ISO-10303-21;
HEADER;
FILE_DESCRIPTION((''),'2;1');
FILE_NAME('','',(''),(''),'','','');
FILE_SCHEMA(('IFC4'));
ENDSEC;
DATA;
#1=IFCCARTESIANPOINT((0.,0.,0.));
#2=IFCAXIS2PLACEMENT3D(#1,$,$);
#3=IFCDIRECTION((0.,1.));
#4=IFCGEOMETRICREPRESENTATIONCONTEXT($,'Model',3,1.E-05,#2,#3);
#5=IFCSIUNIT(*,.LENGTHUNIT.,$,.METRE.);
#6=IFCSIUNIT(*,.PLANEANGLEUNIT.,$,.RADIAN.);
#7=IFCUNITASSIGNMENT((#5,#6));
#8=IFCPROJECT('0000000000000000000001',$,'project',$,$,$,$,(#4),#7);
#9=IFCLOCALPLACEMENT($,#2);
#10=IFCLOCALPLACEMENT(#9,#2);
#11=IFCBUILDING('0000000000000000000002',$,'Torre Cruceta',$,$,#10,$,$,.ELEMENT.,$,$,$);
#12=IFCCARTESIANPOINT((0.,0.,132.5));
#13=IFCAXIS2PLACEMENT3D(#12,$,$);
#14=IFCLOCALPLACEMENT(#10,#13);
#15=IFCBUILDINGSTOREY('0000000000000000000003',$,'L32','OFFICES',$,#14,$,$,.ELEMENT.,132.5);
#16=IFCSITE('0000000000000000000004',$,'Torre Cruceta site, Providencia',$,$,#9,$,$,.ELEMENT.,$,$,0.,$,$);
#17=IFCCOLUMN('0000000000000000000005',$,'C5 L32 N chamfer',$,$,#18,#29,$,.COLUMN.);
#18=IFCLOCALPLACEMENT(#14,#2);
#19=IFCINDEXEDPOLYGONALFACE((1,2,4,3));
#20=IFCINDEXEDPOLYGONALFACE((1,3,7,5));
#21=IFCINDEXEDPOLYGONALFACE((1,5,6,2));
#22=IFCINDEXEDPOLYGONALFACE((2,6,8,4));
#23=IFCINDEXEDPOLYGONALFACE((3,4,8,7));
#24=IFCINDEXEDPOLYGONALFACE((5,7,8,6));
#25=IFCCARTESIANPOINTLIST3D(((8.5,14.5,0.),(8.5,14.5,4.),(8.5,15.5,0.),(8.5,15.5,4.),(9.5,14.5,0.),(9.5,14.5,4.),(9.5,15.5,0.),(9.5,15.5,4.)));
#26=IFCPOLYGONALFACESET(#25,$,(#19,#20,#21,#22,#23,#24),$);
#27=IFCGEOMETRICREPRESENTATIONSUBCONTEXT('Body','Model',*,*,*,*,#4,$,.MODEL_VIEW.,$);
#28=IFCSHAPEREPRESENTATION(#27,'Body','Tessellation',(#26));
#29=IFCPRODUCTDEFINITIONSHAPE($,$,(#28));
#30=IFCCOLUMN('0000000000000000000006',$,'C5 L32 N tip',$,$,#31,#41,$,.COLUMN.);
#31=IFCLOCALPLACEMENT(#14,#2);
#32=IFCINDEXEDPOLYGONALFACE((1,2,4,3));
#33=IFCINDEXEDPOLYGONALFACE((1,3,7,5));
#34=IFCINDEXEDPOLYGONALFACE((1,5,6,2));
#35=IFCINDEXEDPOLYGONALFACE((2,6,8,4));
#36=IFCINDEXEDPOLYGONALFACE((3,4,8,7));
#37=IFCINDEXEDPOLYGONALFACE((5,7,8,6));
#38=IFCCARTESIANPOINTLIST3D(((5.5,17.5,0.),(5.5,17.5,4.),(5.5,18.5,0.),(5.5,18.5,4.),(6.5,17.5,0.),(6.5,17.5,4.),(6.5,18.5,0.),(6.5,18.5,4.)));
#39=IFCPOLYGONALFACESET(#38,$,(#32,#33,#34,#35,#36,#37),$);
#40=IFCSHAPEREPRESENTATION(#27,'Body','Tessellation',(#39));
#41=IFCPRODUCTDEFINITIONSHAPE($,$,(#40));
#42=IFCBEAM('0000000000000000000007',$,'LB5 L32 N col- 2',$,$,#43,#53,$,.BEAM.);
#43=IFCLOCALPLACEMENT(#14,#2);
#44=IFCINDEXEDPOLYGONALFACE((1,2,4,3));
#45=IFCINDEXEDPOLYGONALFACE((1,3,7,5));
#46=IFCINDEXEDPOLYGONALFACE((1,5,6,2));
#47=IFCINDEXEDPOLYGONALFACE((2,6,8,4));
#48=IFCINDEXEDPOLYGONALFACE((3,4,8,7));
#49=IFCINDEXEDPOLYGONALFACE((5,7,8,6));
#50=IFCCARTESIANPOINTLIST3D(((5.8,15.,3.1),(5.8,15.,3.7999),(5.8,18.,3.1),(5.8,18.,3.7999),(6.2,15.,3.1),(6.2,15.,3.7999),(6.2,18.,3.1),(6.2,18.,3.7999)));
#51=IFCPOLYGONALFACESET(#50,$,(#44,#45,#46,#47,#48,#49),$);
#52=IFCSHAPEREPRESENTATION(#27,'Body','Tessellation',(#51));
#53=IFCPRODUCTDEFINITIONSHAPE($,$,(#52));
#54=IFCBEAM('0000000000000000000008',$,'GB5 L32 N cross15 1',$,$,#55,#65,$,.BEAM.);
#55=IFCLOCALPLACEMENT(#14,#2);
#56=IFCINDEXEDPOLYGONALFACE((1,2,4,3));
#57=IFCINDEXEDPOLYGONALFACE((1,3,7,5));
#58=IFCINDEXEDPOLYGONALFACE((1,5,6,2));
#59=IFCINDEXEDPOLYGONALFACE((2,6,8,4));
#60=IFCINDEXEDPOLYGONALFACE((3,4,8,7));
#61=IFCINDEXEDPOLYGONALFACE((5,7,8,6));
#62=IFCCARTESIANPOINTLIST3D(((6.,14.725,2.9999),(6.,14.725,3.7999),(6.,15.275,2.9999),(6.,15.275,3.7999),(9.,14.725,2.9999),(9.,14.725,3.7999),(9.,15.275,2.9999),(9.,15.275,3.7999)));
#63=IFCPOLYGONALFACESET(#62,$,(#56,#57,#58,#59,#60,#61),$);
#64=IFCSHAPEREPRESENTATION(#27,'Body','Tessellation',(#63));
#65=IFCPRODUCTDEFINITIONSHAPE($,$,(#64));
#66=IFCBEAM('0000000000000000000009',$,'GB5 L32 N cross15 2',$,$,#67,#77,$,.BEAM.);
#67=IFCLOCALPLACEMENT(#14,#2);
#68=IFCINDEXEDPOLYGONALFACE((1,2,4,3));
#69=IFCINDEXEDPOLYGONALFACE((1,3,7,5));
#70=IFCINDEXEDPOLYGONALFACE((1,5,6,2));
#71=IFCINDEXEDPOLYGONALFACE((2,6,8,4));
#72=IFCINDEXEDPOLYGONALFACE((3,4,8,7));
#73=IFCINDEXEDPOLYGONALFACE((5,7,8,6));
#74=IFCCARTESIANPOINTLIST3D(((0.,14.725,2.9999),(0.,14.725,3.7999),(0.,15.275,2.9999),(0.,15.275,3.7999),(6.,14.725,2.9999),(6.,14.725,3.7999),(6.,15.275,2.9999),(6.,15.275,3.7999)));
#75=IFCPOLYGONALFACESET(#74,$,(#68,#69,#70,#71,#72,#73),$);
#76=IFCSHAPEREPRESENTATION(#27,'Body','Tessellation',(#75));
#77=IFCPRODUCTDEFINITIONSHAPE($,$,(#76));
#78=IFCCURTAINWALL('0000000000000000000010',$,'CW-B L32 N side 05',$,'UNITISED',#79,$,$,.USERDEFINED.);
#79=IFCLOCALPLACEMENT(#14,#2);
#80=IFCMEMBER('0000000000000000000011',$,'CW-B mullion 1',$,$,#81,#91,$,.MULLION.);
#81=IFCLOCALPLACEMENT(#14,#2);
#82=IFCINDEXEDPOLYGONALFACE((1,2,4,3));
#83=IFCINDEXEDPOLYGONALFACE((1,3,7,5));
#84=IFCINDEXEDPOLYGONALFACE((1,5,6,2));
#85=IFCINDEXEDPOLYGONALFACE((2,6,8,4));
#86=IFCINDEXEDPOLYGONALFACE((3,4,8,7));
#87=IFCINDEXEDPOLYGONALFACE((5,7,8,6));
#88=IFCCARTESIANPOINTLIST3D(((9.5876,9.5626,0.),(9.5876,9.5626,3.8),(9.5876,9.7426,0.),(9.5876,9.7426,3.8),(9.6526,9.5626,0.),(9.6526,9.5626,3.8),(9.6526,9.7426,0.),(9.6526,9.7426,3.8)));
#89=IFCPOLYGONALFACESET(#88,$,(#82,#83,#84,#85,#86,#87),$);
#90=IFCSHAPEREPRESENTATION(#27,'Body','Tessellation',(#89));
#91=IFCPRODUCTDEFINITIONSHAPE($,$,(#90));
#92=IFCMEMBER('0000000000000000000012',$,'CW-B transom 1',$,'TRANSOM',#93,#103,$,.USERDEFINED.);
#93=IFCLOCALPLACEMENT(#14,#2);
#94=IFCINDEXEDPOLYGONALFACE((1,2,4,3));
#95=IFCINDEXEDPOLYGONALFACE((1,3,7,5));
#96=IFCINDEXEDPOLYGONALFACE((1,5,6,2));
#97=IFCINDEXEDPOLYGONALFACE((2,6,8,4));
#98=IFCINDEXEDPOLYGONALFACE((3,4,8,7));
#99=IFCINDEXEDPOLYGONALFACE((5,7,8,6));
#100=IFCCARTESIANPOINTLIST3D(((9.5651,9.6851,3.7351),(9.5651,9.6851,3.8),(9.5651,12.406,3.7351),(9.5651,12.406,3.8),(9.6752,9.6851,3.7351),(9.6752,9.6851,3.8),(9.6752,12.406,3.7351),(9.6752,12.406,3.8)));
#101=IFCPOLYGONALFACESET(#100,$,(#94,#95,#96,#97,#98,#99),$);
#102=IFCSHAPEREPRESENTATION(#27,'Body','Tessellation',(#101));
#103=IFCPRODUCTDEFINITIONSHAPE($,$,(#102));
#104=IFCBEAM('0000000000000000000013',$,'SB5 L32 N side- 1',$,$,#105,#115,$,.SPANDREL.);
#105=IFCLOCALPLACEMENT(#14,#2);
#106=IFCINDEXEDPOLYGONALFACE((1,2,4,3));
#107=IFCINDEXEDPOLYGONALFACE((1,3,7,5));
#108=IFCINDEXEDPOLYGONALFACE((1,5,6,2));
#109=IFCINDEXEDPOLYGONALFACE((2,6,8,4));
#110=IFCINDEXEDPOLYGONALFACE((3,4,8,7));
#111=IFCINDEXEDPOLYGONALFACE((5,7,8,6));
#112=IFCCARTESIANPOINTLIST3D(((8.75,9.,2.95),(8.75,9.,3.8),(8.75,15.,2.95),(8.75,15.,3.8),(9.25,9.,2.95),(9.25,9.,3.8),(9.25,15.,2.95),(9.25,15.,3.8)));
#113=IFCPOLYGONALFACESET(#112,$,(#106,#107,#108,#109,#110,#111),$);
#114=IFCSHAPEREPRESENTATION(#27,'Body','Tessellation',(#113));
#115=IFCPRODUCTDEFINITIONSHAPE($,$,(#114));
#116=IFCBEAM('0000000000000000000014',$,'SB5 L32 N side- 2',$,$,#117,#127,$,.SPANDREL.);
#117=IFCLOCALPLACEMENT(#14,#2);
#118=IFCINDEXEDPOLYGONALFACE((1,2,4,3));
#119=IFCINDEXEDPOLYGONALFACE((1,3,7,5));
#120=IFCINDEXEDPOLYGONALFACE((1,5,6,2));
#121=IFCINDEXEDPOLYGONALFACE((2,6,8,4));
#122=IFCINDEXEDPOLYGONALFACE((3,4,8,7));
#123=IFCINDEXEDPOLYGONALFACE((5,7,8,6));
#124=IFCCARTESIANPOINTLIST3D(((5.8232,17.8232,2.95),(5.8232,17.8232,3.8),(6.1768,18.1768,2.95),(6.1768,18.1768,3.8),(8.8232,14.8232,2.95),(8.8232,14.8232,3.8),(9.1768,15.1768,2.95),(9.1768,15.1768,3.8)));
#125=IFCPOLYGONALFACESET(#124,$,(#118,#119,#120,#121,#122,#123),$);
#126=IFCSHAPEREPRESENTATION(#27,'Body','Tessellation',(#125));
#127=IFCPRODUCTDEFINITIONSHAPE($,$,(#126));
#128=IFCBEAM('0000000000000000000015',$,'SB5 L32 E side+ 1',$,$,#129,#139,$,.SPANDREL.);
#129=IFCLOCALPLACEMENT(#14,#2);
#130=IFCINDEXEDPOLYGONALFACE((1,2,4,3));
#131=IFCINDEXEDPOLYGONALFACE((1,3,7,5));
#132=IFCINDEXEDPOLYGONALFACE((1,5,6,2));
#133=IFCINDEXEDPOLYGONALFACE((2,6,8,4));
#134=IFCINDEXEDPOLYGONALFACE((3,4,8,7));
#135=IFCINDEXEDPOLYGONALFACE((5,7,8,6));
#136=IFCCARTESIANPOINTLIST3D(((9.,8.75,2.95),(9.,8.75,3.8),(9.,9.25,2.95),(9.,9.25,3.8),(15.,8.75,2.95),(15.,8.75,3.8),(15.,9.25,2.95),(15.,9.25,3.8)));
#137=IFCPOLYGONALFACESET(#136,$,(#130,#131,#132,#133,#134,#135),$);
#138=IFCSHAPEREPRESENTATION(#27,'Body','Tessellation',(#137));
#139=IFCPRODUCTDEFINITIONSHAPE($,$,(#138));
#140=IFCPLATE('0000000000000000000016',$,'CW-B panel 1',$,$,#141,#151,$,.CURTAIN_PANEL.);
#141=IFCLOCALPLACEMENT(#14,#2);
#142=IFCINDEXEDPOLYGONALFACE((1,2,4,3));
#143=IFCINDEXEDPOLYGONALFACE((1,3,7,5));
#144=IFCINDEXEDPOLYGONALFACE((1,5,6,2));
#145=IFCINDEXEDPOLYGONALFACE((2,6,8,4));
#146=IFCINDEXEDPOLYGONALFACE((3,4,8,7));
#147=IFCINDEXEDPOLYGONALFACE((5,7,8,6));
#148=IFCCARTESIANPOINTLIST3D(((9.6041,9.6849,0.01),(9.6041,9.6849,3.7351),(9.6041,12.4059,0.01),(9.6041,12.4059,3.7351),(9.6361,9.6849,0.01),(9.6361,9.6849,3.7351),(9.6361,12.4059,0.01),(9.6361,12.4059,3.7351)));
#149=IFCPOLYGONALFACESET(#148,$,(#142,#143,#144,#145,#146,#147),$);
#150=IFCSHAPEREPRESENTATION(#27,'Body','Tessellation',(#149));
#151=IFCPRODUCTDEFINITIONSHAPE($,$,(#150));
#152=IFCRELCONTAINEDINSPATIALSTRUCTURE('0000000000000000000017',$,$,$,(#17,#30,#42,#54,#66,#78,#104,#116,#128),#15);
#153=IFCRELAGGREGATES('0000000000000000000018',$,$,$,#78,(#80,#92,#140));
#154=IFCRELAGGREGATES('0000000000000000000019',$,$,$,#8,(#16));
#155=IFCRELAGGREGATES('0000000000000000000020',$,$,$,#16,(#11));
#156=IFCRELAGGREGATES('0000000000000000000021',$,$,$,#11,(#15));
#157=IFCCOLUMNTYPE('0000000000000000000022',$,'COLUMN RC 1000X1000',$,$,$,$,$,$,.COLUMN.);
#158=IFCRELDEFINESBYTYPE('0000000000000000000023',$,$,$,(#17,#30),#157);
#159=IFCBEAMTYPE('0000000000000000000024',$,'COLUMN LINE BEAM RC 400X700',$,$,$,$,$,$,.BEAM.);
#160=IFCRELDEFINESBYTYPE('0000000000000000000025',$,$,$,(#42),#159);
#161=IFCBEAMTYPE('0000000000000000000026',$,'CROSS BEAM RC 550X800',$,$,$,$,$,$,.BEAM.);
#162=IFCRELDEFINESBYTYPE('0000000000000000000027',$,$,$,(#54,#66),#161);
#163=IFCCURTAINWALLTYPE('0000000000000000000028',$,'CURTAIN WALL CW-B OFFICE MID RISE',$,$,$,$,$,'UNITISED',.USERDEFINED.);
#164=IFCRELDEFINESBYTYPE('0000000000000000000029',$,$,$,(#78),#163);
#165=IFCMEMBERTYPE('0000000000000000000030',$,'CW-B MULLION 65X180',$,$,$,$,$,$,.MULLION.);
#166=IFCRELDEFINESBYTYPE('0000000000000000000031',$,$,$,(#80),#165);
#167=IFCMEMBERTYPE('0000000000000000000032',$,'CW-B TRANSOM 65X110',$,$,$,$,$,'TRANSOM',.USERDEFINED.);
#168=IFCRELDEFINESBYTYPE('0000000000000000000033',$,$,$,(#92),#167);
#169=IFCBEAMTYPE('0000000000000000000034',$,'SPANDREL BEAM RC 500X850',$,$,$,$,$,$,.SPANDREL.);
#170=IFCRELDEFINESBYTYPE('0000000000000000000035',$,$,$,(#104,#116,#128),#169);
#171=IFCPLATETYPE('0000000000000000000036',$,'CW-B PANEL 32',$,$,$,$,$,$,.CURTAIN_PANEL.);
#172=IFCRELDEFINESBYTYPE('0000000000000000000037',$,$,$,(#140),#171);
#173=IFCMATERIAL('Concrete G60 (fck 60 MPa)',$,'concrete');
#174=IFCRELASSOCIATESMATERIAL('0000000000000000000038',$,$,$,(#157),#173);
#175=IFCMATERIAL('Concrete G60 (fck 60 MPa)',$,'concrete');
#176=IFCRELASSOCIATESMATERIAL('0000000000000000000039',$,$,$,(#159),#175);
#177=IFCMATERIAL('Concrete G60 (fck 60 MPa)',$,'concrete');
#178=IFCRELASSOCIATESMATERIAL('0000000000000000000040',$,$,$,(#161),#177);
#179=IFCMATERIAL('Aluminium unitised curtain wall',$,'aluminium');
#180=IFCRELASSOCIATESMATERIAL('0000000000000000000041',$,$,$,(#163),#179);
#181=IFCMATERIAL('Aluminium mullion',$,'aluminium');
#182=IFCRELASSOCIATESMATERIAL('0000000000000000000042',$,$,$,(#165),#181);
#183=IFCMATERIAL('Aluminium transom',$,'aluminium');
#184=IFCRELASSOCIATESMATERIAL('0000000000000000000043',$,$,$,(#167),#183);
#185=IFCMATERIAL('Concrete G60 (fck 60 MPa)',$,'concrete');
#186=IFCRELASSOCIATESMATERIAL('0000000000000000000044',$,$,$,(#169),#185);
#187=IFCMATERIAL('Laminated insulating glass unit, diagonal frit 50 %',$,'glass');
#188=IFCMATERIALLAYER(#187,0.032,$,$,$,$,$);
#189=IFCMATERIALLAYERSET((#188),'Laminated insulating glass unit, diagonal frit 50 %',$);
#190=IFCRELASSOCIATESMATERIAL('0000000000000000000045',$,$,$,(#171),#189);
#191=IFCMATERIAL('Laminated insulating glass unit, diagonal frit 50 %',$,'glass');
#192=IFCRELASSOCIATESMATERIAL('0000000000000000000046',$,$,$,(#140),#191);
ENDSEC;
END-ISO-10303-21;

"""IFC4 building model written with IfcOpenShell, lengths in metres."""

from ifc_helpers import new_model, si_unit, direction, frame, origin, origin_2d, place, context, subcontext, project, spatial, rectangle, extrude, material, layer, layer_set, material_profile, profile_set, type_object, element, aggregate, save


model = new_model("IFC4")

# Units and contexts
model_context = context("Model", 3, precision=1e-05, world=origin(), true_north=direction((0.0, 1.0)))
body_context = subcontext(model_context, "Body", "Model", "MODEL_VIEW")
ifc_project = project(units=[si_unit("LENGTHUNIT", "METRE"), si_unit("PLANEANGLEUNIT", "RADIAN")], contexts=[model_context])

# Site, building, storey
site_placement = place(None, origin())
site = spatial("IfcSite", under=ifc_project, at=site_placement, Name="Torre Cruceta site, Providencia", CompositionType="ELEMENT", RefElevation=0.0)
building_placement = place(site_placement, origin())
building = spatial("IfcBuilding", under=site, at=building_placement, Name="Torre Cruceta", CompositionType="ELEMENT")
storey_placement = place(building_placement, frame((0.0, 0.0, 132.5)))
storey = spatial("IfcBuildingStorey", under=building, at=storey_placement, Name="L32", Description="OFFICES", CompositionType="ELEMENT", Elevation=132.5)

# Columns
ifc_material_1 = material(Name="Concrete G60 (fck 60 MPa)", Category="concrete")
ifc_material_profile_1 = material_profile(ifc_material_1, rectangle(XDim=1.0, YDim=1.0, at=origin_2d()), Name="RC 1000X1000")
ifc_profile_set_1 = profile_set([ifc_material_profile_1], Name="Concrete G60 (fck 60 MPa)")
column_type = type_object("IfcColumnType", Name="COLUMN RC 1000X1000", PredefinedType="COLUMN", material=ifc_profile_set_1)
for number, where, z_axis, x_axis, name in (
    (1, (9.0, 15.0, 0.0), (0.0, 0.0, 1.0), (1.0, 0.0, 0.0), "C5 L32 N chamfer"),
    (2, (6.0, 18.0, 0.0), (0.0, 0.0, 1.0), (1.0, 0.0, 0.0), "C5 L32 N tip"),
):
    element("IfcColumn", number, at=place(storey_placement, frame(where, z_axis=z_axis, x_axis=x_axis)), inside=storey, type_object=column_type, Name=name, PredefinedType="COLUMN", context=body_context, shape_type="SweptSolid", body=[
        extrude(rectangle(XDim=1.0, YDim=1.0, at=origin_2d()), origin(), (0.0, 0.0, 1.0), 4.0),
    ])

# Beams
ifc_material_2 = material(Name="Concrete G60 (fck 60 MPa)", Category="concrete")
ifc_material_profile_2 = material_profile(ifc_material_2, rectangle(XDim=0.3999, YDim=0.7, at=origin_2d()), Name="RC 400X700")
ifc_profile_set_2 = profile_set([ifc_material_profile_2], Name="Concrete G60 (fck 60 MPa)")
beam_type_1 = type_object("IfcBeamType", Name="COLUMN LINE BEAM RC 400X700", PredefinedType="BEAM", material=ifc_profile_set_2)
beam_1_placement = place(storey_placement, frame((6.0, 15.0, 3.45), z_axis=(0.0, 1.0, 0.0), x_axis=(-1.0, 0.0, 0.0)))
element("IfcBeam", 3, at=beam_1_placement, inside=storey, type_object=beam_type_1, Name="LB5 L32 N col- 2", PredefinedType="BEAM", context=body_context, shape_type="SweptSolid", body=[
    extrude(rectangle(XDim=0.3999, YDim=0.7, at=origin_2d()), origin(), (0.0, 0.0, 1.0), 3.0),
])
ifc_material_3 = material(Name="Concrete G60 (fck 60 MPa)", Category="concrete")
ifc_material_profile_3 = material_profile(ifc_material_3, rectangle(XDim=0.55, YDim=0.8, at=origin_2d()), Name="RC 550X800")
ifc_profile_set_3 = profile_set([ifc_material_profile_3], Name="Concrete G60 (fck 60 MPa)")
beam_type_2 = type_object("IfcBeamType", Name="CROSS BEAM RC 550X800", PredefinedType="BEAM", material=ifc_profile_set_3)
beam_2_placement = place(storey_placement, frame((9.0, 15.0, 3.3999), z_axis=(-1.0, 0.0, 0.0), x_axis=(0.0, -1.0, 0.0)))
element("IfcBeam", 4, at=beam_2_placement, inside=storey, type_object=beam_type_2, Name="GB5 L32 N cross15 1", PredefinedType="BEAM", context=body_context, shape_type="SweptSolid", body=[
    extrude(rectangle(XDim=0.55, YDim=0.8, at=origin_2d()), origin(), (0.0, 0.0, 1.0), 3.0),
])
beam_3_placement = place(storey_placement, frame((6.0, 15.0, 3.3999), z_axis=(-1.0, 0.0, 0.0), x_axis=(0.0, -1.0, 0.0)))
element("IfcBeam", 5, at=beam_3_placement, inside=storey, type_object=beam_type_2, Name="GB5 L32 N cross15 2", PredefinedType="BEAM", context=body_context, shape_type="SweptSolid", body=[
    extrude(rectangle(XDim=0.55, YDim=0.8, at=origin_2d()), origin(), (0.0, 0.0, 1.0), 6.0),
])

# Curtain wall, members
ifc_material_4 = material(Name="Aluminium unitised curtain wall", Category="aluminium")
curtain_wall_type = type_object("IfcCurtainWallType", Name="CURTAIN WALL CW-B OFFICE MID RISE", ElementType="UNITISED", PredefinedType="USERDEFINED", material=ifc_material_4)
curtain_wall_placement = place(storey_placement, origin())
curtain_wall = element("IfcCurtainWall", 6, at=curtain_wall_placement, inside=storey, type_object=curtain_wall_type, Name="CW-B L32 N side 05", ObjectType="UNITISED", PredefinedType="USERDEFINED")
ifc_material_5 = material(Name="Aluminium mullion", Category="aluminium")
ifc_material_profile_4 = material_profile(ifc_material_5, rectangle(XDim=0.0649, YDim=0.1799, at=origin_2d()), Name="AL 65X180")
ifc_profile_set_4 = profile_set([ifc_material_profile_4], Name="Aluminium mullion")
member_type_1 = type_object("IfcMemberType", Name="CW-B MULLION 65X180", PredefinedType="MULLION", material=ifc_profile_set_4)
member_1_placement = place(storey_placement, frame((9.6201, 9.6526, 0.0), z_axis=(0.0, 0.0, 1.0), x_axis=(-1.0, 0.0, 0.0)))
member_1 = element("IfcMember", 7, at=member_1_placement, type_object=member_type_1, Name="CW-B mullion 1", PredefinedType="MULLION", context=body_context, shape_type="SweptSolid", body=[
    extrude(rectangle(XDim=0.0649, YDim=0.1799, at=origin_2d()), origin(), (0.0, 0.0, 1.0), 3.8),
])
ifc_material_6 = material(Name="Aluminium transom", Category="aluminium")
ifc_material_profile_5 = material_profile(ifc_material_6, rectangle(XDim=0.1101, YDim=0.0649, at=origin_2d()), Name="AL 110X65")
ifc_profile_set_5 = profile_set([ifc_material_profile_5], Name="Aluminium transom")
member_type_2 = type_object("IfcMemberType", Name="CW-B TRANSOM 65X110", ElementType="TRANSOM", PredefinedType="USERDEFINED", material=ifc_profile_set_5)
member_2_placement = place(storey_placement, frame((9.6201, 9.6851, 3.7676), z_axis=(0.0, 1.0, 0.0), x_axis=(-1.0, 0.0, 0.0)))
member_2 = element("IfcMember", 8, at=member_2_placement, type_object=member_type_2, Name="CW-B transom 1", ObjectType="TRANSOM", PredefinedType="USERDEFINED", context=body_context, shape_type="SweptSolid", body=[
    extrude(rectangle(XDim=0.1101, YDim=0.0649, at=origin_2d()), origin(), (0.0, 0.0, 1.0), 2.7209),
])

# Beams
ifc_material_7 = material(Name="Concrete G60 (fck 60 MPa)", Category="concrete")
ifc_material_profile_6 = material_profile(ifc_material_7, rectangle(XDim=0.5, YDim=0.8501, at=origin_2d()), Name="RC 500X850")
ifc_profile_set_6 = profile_set([ifc_material_profile_6], Name="Concrete G60 (fck 60 MPa)")
beam_type_3 = type_object("IfcBeamType", Name="SPANDREL BEAM RC 500X850", PredefinedType="SPANDREL", material=ifc_profile_set_6)
beam_4_placement = place(storey_placement, frame((9.0, 9.0, 3.375), z_axis=(0.0, 1.0, 0.0), x_axis=(-1.0, 0.0, 0.0)))
element("IfcBeam", 9, at=beam_4_placement, inside=storey, type_object=beam_type_3, Name="SB5 L32 N side- 1", PredefinedType="SPANDREL", context=body_context, shape_type="SweptSolid", body=[
    extrude(rectangle(XDim=0.5, YDim=0.8501, at=origin_2d()), origin(), (0.0, 0.0, 1.0), 6.0),
])
beam_5_placement = place(storey_placement, frame((9.0, 15.0, 3.375), z_axis=(-0.707107, 0.707107, 0.0), x_axis=(-0.707107, -0.707107, 0.0)))
element("IfcBeam", 10, at=beam_5_placement, inside=storey, type_object=beam_type_3, Name="SB5 L32 N side- 2", PredefinedType="SPANDREL", context=body_context, shape_type="SweptSolid", body=[
    extrude(rectangle(XDim=0.5, YDim=0.8501, at=origin_2d()), origin(), (0.0, 0.0, 1.0), 4.2427),
])
beam_6_placement = place(storey_placement, frame((9.0, 9.0, 3.375), z_axis=(1.0, 0.0, 0.0), x_axis=(0.0, 1.0, 0.0)))
element("IfcBeam", 11, at=beam_6_placement, inside=storey, type_object=beam_type_3, Name="SB5 L32 E side+ 1", PredefinedType="SPANDREL", context=body_context, shape_type="SweptSolid", body=[
    extrude(rectangle(XDim=0.5, YDim=0.8501, at=origin_2d()), origin(), (0.0, 0.0, 1.0), 6.0),
])

# Plate
ifc_material_8 = material(Name="Laminated insulating glass unit, diagonal frit 50 %", Category="glass")
ifc_material_9 = material(Name="Laminated insulating glass unit, diagonal frit 50 %", Category="glass")
ifc_layer_1 = layer(ifc_material_9, 0.032)
ifc_layer_set_1 = layer_set([ifc_layer_1], Name="Laminated insulating glass unit, diagonal frit 50 %")
plate_type = type_object("IfcPlateType", Name="CW-B PANEL 32", PredefinedType="CURTAIN_PANEL", material=ifc_layer_set_1)
plate_placement = place(storey_placement, frame((9.6201, 11.0454, 0.01), z_axis=(0.0, 0.0, 1.0), x_axis=(0.0, 1.0, 0.0)))
plate = element("IfcPlate", 12, at=plate_placement, type_object=plate_type, material=ifc_material_8, Name="CW-B panel 1", PredefinedType="CURTAIN_PANEL", context=body_context, shape_type="SweptSolid", body=[
    extrude(rectangle(XDim=2.7209, YDim=0.032, at=origin_2d()), origin(), (0.0, 0.0, 1.0), 3.7251),
])
aggregate(curtain_wall, [member_1, member_2, plate])

save(model, "model.ifc")
